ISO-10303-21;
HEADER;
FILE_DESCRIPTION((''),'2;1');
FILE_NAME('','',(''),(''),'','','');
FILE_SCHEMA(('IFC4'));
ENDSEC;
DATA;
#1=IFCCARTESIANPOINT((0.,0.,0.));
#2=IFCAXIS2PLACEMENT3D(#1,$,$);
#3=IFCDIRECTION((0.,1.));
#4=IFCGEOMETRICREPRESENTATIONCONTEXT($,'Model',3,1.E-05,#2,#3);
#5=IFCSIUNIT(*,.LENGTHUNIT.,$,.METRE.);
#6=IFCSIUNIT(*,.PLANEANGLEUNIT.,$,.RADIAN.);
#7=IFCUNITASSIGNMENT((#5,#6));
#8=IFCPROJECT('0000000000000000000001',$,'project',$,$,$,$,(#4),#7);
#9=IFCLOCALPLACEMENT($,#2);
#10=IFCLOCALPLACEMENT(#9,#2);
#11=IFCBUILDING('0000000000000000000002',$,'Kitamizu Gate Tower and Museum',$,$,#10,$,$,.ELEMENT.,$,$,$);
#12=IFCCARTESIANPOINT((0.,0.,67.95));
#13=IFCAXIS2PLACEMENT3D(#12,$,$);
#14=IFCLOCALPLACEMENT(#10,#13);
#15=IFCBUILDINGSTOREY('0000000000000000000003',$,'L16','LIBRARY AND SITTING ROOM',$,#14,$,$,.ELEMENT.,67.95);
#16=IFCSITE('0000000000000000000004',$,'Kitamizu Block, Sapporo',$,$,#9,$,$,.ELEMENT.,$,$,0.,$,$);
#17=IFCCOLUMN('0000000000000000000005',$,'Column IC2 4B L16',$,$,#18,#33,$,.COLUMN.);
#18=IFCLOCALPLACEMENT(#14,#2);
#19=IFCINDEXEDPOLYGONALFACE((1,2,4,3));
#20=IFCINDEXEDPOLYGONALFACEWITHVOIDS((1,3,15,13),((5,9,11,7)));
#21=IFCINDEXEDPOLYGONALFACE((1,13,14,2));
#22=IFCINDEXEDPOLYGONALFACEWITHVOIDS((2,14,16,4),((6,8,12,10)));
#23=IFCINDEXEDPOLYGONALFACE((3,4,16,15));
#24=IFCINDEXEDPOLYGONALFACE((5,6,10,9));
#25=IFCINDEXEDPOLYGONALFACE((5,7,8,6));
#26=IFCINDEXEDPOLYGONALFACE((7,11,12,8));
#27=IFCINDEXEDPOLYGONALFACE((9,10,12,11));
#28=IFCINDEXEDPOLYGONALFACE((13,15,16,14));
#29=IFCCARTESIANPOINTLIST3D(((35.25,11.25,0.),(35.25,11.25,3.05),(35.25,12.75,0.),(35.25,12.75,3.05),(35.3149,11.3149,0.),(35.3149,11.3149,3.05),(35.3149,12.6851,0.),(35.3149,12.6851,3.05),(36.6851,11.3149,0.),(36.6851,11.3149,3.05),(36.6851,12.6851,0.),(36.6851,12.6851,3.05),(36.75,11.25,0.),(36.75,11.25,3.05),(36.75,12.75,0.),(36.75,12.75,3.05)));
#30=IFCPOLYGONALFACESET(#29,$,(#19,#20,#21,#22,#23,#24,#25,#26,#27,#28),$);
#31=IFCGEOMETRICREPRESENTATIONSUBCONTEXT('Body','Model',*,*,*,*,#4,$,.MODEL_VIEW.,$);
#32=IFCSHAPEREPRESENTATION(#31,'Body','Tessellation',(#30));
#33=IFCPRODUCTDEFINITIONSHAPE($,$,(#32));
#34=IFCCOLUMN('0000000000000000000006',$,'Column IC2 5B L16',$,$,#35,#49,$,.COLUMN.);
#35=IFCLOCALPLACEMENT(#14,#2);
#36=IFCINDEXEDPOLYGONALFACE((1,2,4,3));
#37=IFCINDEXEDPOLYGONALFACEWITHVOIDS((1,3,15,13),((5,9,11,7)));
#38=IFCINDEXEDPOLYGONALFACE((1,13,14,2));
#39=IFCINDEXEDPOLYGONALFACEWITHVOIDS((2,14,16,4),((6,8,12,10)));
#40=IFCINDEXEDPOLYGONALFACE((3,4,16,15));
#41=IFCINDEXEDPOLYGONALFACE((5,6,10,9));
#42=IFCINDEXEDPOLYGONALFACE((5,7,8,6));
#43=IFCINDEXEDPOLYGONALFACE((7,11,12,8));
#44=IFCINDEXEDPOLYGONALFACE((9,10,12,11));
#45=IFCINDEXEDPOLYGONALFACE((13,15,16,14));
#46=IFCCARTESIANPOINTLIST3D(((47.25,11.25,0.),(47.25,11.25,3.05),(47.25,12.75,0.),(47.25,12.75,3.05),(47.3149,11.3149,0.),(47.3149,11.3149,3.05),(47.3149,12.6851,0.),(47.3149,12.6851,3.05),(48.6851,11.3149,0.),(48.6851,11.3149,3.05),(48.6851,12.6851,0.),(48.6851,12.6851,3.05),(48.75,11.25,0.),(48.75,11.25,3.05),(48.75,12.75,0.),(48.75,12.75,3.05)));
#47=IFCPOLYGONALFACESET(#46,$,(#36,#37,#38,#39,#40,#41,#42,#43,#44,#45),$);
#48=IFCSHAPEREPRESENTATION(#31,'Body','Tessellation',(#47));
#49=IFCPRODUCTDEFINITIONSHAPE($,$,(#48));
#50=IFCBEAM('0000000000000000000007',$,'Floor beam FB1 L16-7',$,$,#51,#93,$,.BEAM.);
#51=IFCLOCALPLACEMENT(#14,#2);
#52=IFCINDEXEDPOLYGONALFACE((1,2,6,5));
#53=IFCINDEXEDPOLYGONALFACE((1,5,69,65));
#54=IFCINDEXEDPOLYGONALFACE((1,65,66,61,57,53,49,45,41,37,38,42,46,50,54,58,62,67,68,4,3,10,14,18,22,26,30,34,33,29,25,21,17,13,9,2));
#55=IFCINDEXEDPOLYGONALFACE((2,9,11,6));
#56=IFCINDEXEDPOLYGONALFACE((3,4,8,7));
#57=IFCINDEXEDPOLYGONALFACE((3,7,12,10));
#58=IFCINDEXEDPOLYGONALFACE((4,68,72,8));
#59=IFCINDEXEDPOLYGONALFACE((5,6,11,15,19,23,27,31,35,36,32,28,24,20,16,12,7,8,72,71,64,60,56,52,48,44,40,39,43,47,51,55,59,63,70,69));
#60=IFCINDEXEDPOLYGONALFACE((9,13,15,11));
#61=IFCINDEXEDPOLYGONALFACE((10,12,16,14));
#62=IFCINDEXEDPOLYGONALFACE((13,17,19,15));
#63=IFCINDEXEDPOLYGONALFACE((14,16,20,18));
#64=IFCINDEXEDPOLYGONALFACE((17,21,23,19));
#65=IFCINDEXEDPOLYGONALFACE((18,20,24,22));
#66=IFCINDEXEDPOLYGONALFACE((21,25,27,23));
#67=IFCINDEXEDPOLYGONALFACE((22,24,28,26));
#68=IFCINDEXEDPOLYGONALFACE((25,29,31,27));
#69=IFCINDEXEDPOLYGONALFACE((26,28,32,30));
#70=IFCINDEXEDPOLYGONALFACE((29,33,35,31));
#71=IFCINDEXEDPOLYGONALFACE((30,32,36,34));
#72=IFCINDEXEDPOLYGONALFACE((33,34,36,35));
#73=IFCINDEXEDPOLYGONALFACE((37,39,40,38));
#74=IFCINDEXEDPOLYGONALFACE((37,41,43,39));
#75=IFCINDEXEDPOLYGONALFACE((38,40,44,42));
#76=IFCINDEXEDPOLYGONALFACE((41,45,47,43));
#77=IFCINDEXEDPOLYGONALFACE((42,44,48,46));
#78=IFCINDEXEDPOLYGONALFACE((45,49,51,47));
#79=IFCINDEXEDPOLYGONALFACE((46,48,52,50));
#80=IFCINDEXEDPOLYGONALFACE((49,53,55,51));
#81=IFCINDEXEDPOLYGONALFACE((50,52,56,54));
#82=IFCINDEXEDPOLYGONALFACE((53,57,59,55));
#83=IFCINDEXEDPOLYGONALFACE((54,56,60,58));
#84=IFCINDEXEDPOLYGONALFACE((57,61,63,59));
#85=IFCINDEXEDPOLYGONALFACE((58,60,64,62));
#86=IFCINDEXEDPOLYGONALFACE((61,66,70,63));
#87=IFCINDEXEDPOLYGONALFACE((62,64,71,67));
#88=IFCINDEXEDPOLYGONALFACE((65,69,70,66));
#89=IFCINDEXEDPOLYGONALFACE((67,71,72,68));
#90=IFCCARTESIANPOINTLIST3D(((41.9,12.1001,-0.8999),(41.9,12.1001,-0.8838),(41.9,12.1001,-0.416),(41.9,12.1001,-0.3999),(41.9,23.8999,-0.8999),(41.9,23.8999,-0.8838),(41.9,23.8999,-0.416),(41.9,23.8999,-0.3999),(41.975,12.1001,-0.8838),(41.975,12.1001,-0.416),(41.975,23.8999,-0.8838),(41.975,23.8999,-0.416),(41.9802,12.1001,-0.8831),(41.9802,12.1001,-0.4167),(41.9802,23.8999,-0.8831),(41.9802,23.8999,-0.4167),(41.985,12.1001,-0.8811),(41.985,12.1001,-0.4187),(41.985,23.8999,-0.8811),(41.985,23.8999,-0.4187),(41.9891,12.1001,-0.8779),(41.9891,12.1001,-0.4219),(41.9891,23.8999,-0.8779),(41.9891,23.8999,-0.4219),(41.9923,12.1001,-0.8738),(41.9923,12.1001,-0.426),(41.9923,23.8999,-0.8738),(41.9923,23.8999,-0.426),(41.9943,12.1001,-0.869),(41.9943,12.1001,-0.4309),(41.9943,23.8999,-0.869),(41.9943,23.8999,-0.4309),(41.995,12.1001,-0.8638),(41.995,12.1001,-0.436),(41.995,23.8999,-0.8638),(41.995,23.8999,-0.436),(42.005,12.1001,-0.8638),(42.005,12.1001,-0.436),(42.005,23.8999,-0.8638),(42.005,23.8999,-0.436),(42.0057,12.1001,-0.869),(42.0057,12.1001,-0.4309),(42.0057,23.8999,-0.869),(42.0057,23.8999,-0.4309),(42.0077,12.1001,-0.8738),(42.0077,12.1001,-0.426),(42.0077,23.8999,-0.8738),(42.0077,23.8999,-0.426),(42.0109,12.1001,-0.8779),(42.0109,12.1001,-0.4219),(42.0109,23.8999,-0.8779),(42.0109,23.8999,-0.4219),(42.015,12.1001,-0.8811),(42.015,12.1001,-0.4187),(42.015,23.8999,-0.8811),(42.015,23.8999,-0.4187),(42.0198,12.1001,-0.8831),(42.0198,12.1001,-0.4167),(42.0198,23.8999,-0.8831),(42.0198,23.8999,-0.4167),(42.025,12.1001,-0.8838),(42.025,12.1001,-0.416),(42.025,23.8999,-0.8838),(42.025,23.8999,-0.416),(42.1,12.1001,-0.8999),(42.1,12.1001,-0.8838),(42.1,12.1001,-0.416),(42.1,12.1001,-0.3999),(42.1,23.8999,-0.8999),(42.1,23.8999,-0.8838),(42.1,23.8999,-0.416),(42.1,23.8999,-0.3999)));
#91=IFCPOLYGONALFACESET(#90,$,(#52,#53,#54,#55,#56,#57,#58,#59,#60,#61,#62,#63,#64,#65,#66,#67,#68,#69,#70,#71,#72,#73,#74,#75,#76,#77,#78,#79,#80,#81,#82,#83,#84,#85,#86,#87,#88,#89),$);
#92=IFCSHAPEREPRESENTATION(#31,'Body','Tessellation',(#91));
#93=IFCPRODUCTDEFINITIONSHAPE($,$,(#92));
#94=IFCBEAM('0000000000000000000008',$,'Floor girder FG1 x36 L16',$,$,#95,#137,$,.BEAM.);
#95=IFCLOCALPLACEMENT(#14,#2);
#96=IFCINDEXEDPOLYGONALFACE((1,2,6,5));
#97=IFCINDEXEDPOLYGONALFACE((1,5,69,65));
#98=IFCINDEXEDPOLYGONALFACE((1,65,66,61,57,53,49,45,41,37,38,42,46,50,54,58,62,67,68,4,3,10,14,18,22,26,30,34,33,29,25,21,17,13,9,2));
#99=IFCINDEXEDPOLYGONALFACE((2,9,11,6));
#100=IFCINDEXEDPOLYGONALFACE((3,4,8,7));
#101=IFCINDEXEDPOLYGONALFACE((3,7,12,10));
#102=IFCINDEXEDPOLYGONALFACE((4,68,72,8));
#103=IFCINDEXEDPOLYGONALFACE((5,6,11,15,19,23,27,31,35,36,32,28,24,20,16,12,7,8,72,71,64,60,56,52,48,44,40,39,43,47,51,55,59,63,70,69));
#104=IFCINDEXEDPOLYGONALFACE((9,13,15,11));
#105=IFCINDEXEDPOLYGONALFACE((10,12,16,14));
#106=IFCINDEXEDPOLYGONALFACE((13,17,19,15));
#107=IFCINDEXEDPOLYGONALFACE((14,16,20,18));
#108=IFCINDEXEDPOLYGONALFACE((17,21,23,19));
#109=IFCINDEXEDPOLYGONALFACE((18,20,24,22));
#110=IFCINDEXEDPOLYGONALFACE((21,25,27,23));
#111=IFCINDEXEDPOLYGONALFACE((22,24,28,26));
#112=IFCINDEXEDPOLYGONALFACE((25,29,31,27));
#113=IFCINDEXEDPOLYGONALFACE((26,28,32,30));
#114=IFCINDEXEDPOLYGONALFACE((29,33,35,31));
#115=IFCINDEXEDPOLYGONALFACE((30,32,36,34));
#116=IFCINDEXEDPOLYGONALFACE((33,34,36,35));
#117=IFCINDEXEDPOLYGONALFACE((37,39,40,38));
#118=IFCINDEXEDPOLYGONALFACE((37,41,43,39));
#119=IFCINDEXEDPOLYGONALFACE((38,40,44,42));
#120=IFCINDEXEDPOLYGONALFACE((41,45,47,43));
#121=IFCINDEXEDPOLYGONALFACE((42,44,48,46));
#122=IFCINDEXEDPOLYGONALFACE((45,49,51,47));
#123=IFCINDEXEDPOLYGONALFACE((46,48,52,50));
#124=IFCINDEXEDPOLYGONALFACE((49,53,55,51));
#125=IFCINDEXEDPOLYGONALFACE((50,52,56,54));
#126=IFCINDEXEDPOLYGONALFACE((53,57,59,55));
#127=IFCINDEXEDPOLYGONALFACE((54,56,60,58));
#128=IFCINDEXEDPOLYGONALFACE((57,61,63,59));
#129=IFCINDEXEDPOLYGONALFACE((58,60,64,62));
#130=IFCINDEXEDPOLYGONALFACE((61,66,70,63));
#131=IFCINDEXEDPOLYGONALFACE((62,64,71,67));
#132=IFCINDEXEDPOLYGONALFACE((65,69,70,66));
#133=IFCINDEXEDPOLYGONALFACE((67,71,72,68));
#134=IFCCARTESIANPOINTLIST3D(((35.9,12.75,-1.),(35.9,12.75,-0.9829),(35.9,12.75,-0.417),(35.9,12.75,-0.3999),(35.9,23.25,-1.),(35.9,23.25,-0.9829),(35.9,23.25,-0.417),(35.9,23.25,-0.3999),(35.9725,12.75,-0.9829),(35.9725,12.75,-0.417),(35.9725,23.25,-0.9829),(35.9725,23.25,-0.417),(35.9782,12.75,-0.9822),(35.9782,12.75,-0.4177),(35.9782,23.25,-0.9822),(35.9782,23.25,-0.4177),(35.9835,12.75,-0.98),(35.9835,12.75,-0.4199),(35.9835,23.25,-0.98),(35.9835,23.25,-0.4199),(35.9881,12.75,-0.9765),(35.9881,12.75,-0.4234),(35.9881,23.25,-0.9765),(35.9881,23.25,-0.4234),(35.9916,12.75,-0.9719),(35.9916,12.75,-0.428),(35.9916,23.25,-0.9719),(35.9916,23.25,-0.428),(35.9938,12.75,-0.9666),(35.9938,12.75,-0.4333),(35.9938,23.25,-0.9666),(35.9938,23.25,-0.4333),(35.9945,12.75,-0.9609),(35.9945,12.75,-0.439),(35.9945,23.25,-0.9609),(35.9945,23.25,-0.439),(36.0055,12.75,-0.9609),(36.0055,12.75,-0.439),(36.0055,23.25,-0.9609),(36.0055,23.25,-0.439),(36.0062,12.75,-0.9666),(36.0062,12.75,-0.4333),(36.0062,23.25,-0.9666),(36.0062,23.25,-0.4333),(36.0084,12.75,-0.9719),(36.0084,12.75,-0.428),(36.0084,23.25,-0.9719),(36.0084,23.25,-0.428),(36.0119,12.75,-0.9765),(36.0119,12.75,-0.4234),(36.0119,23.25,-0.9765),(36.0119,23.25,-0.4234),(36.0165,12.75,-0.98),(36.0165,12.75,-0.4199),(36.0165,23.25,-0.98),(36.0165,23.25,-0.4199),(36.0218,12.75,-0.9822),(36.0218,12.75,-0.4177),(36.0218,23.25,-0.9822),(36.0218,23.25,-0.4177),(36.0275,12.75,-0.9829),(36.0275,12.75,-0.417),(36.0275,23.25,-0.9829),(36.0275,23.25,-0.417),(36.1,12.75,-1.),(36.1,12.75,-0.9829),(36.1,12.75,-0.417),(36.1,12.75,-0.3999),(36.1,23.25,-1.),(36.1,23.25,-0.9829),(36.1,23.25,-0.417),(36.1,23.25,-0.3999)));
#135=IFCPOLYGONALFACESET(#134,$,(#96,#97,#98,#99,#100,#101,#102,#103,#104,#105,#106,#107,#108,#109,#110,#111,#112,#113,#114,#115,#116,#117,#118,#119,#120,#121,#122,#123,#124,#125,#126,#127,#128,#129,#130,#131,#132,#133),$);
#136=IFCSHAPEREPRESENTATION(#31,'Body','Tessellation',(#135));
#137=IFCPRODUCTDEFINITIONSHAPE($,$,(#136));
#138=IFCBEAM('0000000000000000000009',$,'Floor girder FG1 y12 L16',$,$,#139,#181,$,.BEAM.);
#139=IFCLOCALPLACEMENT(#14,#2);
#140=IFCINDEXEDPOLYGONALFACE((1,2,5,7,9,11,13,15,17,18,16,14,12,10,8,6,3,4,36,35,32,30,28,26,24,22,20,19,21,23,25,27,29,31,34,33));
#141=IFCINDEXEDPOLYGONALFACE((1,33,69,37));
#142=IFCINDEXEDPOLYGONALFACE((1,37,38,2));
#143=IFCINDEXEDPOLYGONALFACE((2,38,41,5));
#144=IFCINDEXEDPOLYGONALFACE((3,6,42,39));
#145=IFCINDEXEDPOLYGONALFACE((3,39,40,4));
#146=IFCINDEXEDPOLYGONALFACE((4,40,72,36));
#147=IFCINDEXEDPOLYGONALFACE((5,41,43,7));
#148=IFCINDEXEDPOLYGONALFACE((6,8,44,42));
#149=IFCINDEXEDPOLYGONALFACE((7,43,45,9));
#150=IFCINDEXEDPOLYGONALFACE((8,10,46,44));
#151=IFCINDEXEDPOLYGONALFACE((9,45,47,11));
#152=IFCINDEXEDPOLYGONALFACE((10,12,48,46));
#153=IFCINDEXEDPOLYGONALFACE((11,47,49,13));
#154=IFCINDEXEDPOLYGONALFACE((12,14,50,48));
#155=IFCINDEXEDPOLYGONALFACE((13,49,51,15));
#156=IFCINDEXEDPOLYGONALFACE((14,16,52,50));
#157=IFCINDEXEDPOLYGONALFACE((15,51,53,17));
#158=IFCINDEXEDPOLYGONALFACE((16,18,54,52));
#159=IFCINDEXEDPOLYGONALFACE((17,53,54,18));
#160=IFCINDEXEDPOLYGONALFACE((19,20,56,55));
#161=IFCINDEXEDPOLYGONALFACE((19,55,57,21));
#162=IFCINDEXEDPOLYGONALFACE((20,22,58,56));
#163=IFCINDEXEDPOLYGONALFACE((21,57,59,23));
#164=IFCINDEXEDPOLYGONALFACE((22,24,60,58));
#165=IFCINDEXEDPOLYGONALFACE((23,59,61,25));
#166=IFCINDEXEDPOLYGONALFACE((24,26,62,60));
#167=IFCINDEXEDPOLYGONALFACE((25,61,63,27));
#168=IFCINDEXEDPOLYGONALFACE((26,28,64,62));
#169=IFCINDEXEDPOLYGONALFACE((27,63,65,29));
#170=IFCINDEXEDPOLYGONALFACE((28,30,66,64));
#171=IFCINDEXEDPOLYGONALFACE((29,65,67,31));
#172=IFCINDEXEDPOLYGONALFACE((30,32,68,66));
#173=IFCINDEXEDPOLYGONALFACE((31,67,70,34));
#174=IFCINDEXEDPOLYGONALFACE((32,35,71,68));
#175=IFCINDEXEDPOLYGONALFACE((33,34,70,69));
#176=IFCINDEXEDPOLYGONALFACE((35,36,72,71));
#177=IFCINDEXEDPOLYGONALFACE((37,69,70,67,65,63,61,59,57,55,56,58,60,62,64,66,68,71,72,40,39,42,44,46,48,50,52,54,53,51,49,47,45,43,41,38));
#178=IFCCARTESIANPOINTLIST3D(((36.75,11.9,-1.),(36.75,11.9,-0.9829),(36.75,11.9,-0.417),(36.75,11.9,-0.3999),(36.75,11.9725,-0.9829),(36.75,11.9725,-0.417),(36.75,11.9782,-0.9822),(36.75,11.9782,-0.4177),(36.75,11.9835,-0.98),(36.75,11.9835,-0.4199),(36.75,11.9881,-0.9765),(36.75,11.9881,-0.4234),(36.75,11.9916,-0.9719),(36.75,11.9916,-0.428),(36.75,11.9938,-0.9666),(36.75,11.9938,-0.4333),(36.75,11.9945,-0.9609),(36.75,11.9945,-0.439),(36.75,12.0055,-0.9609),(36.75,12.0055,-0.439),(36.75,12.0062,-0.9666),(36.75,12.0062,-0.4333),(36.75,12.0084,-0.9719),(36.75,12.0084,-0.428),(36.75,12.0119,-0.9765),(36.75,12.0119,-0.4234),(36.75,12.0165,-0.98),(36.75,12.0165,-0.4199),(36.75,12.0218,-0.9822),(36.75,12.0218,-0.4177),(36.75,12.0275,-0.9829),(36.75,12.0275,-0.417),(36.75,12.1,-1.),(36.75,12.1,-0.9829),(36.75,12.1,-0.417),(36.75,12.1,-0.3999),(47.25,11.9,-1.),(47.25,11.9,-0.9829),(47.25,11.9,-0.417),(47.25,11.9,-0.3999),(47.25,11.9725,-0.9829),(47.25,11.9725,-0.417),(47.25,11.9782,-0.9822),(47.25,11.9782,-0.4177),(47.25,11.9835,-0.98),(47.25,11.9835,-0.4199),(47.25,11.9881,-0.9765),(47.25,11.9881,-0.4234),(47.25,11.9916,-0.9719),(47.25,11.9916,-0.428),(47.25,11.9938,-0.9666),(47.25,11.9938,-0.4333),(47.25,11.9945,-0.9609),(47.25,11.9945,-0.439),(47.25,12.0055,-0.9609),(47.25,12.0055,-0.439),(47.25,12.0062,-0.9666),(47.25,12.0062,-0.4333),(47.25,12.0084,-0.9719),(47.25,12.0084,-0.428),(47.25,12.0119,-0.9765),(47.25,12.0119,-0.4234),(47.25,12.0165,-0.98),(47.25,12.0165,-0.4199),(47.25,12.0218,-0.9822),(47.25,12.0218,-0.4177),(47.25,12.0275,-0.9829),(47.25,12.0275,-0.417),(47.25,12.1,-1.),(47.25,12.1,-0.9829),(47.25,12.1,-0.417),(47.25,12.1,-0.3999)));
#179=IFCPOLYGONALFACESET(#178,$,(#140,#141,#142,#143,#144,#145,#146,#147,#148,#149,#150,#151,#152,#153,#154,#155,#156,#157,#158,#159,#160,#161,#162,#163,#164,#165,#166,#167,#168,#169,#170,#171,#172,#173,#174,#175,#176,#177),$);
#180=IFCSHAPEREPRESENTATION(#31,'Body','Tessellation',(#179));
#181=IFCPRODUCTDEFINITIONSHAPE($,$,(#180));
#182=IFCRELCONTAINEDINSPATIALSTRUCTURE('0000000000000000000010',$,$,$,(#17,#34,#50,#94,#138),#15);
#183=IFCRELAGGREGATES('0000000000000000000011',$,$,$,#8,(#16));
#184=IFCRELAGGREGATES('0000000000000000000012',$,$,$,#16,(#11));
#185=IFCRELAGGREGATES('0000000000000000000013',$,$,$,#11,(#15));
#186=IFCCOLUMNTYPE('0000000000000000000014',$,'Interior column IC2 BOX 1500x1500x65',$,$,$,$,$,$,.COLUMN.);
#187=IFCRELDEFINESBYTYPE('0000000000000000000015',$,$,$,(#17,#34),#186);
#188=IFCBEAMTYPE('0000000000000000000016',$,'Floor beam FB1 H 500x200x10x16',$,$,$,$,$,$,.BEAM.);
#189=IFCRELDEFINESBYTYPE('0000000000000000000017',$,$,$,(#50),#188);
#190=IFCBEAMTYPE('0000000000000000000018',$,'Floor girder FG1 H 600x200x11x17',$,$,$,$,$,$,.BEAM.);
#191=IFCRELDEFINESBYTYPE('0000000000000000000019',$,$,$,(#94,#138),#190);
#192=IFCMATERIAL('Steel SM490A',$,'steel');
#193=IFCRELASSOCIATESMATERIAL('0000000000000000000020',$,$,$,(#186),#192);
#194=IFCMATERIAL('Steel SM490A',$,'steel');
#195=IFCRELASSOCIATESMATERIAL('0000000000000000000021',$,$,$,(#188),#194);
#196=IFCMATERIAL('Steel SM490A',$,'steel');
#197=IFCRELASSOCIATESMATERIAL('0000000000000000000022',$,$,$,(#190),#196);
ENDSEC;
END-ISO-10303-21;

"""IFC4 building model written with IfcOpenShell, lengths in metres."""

from ifc_helpers import new_model, si_unit, direction, frame, origin, origin_2d, place, context, subcontext, project, spatial, hollow_rectangle, i_section, extrude, material, material_profile, profile_set, type_object, element, save


model = new_model("IFC4")

# Units and contexts
model_context = context("Model", 3, precision=1e-05, world=origin(), true_north=direction((0.0, 1.0)))
body_context = subcontext(model_context, "Body", "Model", "MODEL_VIEW")
ifc_project = project(units=[si_unit("LENGTHUNIT", "METRE"), si_unit("PLANEANGLEUNIT", "RADIAN")], contexts=[model_context])

# Site, building, storey
site_placement = place(None, origin())
site = spatial("IfcSite", under=ifc_project, at=site_placement, Name="Kitamizu Block, Sapporo", CompositionType="ELEMENT", RefElevation=0.0)
building_placement = place(site_placement, origin())
building = spatial("IfcBuilding", under=site, at=building_placement, Name="Kitamizu Gate Tower and Museum", CompositionType="ELEMENT")
storey_placement = place(building_placement, frame((0.0, 0.0, 67.95)))
storey = spatial("IfcBuildingStorey", under=building, at=storey_placement, Name="L16", Description="LIBRARY AND SITTING ROOM", CompositionType="ELEMENT", Elevation=67.95)

# Columns
ifc_material_1 = material(Name="Steel SM490A", Category="steel")
ifc_material_profile_1 = material_profile(ifc_material_1, hollow_rectangle(XDim=1.5, YDim=1.5, WallThickness=0.0649, at=origin_2d()), Name="BOX 1500x1500x65")
ifc_profile_set_1 = profile_set([ifc_material_profile_1], Name="Steel SM490A")
column_type = type_object("IfcColumnType", Name="Interior column IC2 BOX 1500x1500x65", PredefinedType="COLUMN", material=ifc_profile_set_1)
for number, where, z_axis, x_axis, name in (
    (1, (36.0, 12.0, 0.0), (0.0, 0.0, 1.0), (1.0, 0.0, 0.0), "Column IC2 4B L16"),
    (2, (48.0, 12.0, 0.0), (0.0, 0.0, 1.0), (1.0, 0.0, 0.0), "Column IC2 5B L16"),
):
    element("IfcColumn", number, at=place(storey_placement, frame(where, z_axis=z_axis, x_axis=x_axis)), inside=storey, type_object=column_type, Name=name, PredefinedType="COLUMN", context=body_context, shape_type="SweptSolid", body=[
        extrude(hollow_rectangle(XDim=1.5, YDim=1.5, WallThickness=0.0649, at=origin_2d()), origin(), (0.0, 0.0, 1.0), 3.05),
    ])

# Beams
ifc_material_2 = material(Name="Steel SM490A", Category="steel")
ifc_material_profile_2 = material_profile(ifc_material_2, i_section(OverallWidth=0.2, OverallDepth=0.5, WebThickness=0.01, FlangeThickness=0.0161, FilletRadius=0.02, at=origin_2d()), Name="H-500x200x10x16")
ifc_profile_set_2 = profile_set([ifc_material_profile_2], Name="Steel SM490A")
beam_type_1 = type_object("IfcBeamType", Name="Floor beam FB1 H 500x200x10x16", PredefinedType="BEAM", material=ifc_profile_set_2)
beam_placement = place(storey_placement, frame((42.0, 12.1001, -0.6499), z_axis=(0.0, 1.0, 0.0), x_axis=(-1.0, 0.0, 0.0)))
element("IfcBeam", 3, at=beam_placement, inside=storey, type_object=beam_type_1, Name="Floor beam FB1 L16-7", PredefinedType="BEAM", context=body_context, shape_type="SweptSolid", body=[
    extrude(i_section(OverallWidth=0.2, OverallDepth=0.5, WebThickness=0.01, FlangeThickness=0.0161, FilletRadius=0.02, at=origin_2d()), origin(), (0.0, 0.0, 1.0), 11.7998),
])
ifc_material_3 = material(Name="Steel SM490A", Category="steel")
ifc_material_profile_3 = material_profile(ifc_material_3, i_section(OverallWidth=0.2, OverallDepth=0.6001, WebThickness=0.011, FlangeThickness=0.0171, FilletRadius=0.022, at=origin_2d()), Name="H-600x200x11x17")
ifc_profile_set_3 = profile_set([ifc_material_profile_3], Name="Steel SM490A")
beam_type_2 = type_object("IfcBeamType", Name="Floor girder FG1 H 600x200x11x17", PredefinedType="BEAM", material=ifc_profile_set_3)
for number, where, z_axis, x_axis, name in (
    (4, (36.0, 12.75, -0.7), (0.0, 1.0, 0.0), (-1.0, 0.0, 0.0), "Floor girder FG1 x36 L16"),
    (5, (36.75, 12.0, -0.7), (1.0, 0.0, 0.0), (0.0, 1.0, 0.0), "Floor girder FG1 y12 L16"),
):
    element("IfcBeam", number, at=place(storey_placement, frame(where, z_axis=z_axis, x_axis=x_axis)), inside=storey, type_object=beam_type_2, Name=name, PredefinedType="BEAM", context=body_context, shape_type="SweptSolid", body=[
        extrude(i_section(OverallWidth=0.2, OverallDepth=0.6001, WebThickness=0.011, FlangeThickness=0.0171, FilletRadius=0.022, at=origin_2d()), origin(), (0.0, 0.0, 1.0), 10.5),
    ])

save(model, "model.ifc")
